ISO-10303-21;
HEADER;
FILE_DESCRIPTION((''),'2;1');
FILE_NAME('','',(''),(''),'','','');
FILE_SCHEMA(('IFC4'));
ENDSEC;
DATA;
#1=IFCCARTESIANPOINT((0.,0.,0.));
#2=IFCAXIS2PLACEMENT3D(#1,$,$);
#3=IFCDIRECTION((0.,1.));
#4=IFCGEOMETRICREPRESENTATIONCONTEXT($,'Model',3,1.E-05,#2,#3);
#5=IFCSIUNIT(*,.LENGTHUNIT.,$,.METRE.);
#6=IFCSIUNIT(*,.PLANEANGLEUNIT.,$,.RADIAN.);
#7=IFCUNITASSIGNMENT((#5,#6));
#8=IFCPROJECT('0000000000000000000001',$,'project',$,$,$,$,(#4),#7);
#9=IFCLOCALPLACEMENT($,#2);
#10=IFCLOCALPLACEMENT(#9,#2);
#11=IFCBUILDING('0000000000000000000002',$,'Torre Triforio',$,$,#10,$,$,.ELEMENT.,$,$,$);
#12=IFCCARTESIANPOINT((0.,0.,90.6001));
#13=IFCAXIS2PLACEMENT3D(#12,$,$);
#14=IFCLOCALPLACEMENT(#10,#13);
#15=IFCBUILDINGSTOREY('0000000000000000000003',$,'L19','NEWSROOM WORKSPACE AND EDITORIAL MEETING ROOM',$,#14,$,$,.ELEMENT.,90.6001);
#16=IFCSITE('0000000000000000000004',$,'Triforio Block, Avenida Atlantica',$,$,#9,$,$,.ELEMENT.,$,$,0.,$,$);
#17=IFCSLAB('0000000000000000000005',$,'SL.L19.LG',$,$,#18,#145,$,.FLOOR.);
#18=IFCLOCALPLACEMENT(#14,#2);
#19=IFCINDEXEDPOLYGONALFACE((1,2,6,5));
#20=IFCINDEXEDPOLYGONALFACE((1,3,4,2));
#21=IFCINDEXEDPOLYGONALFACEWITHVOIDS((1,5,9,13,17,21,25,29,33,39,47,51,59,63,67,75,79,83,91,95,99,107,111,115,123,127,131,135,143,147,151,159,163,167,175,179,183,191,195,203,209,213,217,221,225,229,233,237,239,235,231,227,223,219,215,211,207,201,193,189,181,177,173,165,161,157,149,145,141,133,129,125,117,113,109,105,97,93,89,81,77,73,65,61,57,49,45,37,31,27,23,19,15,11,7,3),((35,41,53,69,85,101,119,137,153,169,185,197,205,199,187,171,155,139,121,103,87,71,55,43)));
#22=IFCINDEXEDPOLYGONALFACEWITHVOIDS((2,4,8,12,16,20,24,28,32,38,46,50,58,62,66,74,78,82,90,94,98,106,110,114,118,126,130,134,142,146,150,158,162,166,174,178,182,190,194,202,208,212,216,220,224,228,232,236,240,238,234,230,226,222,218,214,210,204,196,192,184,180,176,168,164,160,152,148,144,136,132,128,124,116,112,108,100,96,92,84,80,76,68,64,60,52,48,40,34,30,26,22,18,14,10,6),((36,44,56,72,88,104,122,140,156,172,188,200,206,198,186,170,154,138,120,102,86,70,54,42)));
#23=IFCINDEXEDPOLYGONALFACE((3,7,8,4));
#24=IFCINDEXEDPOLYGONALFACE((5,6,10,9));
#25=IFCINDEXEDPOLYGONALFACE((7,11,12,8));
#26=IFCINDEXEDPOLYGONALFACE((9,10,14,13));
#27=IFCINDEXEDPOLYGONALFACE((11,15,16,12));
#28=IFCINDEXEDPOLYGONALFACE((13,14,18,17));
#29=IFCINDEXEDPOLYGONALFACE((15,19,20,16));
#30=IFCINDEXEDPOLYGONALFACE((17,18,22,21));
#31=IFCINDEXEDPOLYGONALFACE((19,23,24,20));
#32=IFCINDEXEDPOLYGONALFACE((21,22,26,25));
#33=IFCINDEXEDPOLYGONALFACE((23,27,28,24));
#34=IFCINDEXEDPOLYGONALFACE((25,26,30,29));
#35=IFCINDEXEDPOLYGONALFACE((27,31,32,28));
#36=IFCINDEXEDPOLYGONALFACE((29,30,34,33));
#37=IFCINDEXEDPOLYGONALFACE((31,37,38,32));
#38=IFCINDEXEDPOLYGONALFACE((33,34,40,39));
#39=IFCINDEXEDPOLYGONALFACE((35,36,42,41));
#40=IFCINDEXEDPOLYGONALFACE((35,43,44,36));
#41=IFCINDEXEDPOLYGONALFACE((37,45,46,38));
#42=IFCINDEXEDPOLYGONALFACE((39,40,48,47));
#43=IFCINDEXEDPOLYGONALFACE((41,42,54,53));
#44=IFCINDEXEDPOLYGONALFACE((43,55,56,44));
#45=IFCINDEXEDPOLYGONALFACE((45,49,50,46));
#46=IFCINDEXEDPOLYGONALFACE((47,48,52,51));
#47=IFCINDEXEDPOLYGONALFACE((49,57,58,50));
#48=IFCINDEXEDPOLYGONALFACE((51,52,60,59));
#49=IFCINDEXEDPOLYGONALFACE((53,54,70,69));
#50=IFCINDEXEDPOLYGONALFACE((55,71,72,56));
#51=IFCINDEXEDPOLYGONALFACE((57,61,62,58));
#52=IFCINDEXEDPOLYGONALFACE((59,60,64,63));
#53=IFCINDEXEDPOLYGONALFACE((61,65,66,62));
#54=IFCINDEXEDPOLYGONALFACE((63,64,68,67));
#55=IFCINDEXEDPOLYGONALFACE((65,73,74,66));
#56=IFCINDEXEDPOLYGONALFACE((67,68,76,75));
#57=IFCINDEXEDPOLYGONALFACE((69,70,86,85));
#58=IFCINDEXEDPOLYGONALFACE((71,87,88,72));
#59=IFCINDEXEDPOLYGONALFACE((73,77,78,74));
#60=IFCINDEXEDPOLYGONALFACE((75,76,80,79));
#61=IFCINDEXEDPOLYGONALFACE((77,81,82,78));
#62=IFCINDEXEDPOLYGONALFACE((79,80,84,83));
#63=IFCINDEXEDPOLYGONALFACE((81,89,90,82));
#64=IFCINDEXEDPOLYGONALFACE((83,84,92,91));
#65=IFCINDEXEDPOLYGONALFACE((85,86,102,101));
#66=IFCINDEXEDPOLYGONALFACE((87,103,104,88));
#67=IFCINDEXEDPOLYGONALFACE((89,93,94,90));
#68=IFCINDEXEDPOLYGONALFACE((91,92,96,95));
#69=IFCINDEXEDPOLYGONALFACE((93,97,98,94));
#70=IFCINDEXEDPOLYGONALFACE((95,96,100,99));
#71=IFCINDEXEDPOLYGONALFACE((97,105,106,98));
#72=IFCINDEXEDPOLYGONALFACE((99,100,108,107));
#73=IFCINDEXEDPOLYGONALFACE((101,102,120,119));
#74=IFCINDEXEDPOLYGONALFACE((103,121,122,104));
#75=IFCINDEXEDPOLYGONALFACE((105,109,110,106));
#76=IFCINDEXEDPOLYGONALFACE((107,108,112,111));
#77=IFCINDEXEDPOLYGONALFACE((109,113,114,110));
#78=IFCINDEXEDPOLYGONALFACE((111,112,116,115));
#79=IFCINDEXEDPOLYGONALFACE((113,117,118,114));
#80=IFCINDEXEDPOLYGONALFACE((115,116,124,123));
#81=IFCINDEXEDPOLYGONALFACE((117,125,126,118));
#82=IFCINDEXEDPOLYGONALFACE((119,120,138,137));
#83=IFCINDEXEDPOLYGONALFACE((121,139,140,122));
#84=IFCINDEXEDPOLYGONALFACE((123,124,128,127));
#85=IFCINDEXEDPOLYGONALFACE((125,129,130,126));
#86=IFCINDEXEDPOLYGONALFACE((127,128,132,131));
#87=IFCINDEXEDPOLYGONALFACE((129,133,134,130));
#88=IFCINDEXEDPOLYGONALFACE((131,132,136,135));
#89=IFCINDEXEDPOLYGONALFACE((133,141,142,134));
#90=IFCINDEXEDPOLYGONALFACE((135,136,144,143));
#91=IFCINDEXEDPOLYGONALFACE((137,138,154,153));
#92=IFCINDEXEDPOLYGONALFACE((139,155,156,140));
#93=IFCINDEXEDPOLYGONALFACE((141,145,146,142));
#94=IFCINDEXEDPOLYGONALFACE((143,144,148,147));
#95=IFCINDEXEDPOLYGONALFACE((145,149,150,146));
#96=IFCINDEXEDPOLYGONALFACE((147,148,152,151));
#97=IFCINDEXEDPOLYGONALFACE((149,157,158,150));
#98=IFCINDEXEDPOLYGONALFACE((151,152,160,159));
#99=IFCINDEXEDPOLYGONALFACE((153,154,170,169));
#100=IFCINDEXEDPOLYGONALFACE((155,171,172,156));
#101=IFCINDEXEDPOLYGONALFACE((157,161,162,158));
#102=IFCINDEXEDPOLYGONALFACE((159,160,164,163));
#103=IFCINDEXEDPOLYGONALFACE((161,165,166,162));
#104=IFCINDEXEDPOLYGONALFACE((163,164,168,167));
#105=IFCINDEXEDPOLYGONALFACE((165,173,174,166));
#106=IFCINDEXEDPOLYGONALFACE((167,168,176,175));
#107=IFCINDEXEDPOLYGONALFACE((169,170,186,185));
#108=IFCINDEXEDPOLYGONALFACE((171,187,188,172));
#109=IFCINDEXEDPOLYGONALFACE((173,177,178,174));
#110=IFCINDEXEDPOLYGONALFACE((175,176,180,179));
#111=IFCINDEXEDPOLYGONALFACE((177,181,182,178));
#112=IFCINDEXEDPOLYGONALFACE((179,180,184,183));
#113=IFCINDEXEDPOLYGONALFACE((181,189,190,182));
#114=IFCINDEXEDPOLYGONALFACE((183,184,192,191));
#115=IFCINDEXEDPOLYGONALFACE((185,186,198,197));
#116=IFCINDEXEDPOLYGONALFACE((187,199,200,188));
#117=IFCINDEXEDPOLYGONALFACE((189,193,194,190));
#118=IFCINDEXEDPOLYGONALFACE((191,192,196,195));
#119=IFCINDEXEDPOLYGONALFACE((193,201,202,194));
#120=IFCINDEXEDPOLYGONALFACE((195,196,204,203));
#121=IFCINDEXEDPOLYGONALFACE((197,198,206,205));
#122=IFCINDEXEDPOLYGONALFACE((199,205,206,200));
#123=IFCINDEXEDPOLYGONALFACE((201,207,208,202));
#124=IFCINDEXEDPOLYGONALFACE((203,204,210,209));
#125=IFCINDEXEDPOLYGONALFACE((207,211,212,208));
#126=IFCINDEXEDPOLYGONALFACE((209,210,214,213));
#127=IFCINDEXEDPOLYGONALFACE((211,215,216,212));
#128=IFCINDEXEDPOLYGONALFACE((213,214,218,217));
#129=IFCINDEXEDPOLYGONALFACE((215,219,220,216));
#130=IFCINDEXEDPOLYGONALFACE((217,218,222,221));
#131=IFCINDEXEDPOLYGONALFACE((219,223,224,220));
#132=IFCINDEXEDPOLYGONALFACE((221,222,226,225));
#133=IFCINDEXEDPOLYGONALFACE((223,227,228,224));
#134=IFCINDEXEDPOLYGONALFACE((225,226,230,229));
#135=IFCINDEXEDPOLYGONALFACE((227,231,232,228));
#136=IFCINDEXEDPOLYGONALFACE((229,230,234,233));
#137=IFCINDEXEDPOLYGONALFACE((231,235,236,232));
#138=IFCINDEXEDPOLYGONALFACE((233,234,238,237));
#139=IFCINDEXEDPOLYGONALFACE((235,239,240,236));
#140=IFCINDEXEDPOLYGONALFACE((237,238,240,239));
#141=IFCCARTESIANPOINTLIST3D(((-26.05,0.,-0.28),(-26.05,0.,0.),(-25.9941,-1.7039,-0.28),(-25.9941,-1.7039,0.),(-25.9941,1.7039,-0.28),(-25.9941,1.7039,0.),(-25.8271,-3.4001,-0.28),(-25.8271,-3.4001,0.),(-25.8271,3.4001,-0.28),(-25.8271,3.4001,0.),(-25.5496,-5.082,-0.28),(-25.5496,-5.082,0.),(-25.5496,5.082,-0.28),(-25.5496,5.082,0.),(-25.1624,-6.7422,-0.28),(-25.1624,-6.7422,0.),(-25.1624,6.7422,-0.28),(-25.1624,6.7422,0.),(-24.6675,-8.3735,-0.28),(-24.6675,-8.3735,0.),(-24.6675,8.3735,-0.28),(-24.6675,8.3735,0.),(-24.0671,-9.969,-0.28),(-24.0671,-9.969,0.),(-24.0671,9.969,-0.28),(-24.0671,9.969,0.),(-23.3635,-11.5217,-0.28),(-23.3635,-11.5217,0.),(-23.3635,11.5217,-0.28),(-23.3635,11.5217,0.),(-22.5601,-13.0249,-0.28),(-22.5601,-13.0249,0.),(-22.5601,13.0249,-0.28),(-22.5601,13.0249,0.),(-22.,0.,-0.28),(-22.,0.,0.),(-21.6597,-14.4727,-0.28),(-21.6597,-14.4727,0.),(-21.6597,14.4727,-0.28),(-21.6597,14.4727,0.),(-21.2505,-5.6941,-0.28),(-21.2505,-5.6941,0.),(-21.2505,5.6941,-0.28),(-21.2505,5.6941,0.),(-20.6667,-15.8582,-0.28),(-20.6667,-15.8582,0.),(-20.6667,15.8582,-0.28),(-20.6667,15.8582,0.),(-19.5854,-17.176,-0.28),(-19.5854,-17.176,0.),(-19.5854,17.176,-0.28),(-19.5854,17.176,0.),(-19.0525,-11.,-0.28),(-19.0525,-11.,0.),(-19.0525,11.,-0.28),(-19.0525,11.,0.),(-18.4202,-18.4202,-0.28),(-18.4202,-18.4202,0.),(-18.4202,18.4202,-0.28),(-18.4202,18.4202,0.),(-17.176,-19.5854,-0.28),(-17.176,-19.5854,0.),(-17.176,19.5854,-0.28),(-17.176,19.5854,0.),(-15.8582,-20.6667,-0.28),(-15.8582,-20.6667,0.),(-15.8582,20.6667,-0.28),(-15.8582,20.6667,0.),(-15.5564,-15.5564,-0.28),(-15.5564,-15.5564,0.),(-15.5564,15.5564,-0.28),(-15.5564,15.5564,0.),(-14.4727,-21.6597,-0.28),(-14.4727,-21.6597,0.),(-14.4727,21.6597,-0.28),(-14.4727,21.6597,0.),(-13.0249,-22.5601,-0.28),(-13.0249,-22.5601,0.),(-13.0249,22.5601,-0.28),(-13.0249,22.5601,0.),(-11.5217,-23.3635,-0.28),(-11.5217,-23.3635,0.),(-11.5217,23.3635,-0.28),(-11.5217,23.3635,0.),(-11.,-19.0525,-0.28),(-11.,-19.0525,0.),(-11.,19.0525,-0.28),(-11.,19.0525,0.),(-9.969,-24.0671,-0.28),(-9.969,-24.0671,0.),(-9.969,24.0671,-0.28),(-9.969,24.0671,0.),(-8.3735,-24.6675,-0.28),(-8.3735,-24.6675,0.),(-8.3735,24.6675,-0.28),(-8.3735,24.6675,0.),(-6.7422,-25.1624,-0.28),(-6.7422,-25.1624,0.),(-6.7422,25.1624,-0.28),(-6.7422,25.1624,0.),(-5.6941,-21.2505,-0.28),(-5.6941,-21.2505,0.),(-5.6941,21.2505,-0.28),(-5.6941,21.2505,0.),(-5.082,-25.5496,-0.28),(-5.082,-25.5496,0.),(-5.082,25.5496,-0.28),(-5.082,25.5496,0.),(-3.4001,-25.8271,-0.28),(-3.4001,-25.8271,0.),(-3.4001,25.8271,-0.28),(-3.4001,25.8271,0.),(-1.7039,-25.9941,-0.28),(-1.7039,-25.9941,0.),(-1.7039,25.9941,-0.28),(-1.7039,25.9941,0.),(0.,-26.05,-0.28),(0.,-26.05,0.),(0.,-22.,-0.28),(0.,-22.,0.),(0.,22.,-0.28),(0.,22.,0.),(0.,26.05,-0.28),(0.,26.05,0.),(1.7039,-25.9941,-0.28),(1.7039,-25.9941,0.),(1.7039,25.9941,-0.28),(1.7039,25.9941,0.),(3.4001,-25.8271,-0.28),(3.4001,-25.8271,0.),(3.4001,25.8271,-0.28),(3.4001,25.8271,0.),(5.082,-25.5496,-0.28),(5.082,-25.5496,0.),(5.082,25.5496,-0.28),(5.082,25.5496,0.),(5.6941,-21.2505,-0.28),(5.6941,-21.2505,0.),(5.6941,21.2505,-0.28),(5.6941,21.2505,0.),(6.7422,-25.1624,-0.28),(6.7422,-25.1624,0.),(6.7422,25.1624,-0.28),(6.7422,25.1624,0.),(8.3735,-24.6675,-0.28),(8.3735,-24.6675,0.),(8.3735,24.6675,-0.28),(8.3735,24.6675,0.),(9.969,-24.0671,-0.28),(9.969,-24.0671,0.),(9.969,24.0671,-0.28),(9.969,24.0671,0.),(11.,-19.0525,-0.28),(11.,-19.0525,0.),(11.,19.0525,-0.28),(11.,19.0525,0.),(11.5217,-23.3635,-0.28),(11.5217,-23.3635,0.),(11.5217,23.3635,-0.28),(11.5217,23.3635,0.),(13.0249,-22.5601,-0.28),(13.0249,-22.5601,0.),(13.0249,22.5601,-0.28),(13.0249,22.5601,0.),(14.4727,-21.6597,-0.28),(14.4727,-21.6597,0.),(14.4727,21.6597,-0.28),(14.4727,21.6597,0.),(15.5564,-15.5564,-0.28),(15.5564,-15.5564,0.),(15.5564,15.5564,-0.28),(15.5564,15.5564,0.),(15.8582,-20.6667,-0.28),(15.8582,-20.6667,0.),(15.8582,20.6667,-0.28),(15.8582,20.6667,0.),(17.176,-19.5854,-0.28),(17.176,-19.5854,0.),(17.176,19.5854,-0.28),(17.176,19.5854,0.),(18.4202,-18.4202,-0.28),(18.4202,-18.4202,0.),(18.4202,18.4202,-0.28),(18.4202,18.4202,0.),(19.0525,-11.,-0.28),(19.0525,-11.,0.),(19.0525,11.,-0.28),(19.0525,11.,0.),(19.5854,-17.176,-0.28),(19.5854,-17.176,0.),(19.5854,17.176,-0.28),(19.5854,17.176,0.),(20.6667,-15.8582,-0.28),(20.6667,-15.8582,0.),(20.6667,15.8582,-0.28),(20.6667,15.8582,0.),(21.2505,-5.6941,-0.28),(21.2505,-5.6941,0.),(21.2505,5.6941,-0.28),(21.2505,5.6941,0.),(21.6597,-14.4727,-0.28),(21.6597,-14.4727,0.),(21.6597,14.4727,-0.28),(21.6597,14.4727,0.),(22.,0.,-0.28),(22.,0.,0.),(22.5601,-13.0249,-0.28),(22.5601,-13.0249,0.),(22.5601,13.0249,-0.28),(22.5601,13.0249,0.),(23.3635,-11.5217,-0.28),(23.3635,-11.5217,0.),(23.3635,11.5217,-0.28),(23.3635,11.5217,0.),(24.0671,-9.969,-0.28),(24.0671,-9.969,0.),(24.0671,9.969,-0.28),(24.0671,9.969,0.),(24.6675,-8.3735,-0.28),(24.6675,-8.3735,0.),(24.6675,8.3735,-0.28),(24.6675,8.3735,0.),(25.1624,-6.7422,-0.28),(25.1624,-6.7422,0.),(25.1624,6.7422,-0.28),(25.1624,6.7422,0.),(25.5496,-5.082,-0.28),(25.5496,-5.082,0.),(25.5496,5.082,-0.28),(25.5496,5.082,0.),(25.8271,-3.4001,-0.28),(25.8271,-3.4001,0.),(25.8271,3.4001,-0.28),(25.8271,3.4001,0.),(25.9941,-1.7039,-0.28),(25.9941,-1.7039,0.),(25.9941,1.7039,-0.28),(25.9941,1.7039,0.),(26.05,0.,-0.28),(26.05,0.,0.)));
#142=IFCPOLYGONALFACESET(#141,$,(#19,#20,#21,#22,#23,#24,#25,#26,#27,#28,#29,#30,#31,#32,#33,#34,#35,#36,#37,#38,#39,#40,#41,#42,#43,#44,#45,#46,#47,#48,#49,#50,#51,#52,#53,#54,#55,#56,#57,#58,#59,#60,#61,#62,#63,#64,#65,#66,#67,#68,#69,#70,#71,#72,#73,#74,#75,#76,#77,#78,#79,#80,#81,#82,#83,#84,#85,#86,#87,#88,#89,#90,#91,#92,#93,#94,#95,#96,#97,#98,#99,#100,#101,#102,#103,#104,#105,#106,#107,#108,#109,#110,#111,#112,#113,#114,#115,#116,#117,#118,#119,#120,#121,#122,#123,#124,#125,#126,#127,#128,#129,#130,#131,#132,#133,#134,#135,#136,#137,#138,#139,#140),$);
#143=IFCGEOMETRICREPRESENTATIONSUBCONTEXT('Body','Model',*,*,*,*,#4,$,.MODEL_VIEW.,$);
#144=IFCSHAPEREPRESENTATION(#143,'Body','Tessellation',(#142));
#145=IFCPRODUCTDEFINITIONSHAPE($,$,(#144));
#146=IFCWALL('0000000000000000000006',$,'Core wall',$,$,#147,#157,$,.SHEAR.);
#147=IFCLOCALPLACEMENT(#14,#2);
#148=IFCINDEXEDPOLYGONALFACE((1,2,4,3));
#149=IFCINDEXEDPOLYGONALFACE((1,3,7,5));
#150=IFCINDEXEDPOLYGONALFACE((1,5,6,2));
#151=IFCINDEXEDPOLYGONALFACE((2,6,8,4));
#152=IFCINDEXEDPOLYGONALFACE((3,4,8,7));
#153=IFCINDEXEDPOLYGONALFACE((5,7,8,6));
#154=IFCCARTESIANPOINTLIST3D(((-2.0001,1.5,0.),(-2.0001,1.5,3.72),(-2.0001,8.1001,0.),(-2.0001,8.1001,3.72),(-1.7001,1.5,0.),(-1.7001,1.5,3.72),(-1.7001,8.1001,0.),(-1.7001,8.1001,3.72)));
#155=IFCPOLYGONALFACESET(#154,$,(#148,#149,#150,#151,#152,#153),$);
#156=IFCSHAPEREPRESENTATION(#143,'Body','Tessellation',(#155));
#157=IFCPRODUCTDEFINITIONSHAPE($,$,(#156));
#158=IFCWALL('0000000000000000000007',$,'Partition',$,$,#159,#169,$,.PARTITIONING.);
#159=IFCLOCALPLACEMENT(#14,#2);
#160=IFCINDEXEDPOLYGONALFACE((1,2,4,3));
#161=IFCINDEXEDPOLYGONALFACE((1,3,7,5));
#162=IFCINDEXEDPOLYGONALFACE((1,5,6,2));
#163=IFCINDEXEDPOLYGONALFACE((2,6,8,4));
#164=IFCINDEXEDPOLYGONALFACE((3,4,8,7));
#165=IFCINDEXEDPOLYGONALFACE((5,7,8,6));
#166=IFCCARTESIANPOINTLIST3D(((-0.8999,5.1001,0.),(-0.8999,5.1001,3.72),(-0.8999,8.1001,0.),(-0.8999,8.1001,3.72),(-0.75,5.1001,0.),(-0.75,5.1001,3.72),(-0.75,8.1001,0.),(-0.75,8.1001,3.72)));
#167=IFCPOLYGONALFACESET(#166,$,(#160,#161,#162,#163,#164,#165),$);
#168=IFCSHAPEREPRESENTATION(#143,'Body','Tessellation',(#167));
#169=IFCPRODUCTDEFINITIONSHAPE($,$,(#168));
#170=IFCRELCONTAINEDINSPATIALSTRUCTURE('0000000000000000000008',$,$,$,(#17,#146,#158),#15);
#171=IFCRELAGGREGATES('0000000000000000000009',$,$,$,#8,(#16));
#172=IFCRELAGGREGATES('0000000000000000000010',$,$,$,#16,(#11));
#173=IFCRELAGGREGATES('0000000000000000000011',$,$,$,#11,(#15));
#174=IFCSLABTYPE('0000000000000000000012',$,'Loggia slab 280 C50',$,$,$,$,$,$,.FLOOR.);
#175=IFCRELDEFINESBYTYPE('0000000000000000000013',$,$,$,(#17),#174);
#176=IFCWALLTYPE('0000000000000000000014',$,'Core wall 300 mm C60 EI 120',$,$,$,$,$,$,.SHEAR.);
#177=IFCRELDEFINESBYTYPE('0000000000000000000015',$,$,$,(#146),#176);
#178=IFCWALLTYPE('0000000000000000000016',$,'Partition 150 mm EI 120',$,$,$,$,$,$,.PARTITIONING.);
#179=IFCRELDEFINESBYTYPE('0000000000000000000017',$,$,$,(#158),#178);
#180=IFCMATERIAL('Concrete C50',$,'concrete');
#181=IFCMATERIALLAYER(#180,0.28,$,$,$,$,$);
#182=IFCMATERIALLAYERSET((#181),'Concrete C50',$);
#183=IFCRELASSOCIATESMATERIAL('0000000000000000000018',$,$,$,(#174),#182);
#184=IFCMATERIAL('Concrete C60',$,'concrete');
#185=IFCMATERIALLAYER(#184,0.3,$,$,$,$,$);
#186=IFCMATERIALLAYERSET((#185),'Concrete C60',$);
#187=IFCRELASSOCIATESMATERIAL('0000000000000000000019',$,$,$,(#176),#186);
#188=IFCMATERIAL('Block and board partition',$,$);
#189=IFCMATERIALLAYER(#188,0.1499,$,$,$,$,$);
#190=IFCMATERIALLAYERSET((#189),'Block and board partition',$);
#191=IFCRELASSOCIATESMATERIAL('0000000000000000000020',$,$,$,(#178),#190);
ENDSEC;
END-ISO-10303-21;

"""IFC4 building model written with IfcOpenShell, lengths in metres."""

from ifc_helpers import new_model, si_unit, direction, frame, frame_2d, origin, place, context, subcontext, project, spatial, polyline, rectangle, outline, extrude, material, layer, layer_set, type_object, element, save


model = new_model("IFC4")

# Units and contexts
model_context = context("Model", 3, precision=1e-05, world=origin(), true_north=direction((0.0, 1.0)))
body_context = subcontext(model_context, "Body", "Model", "MODEL_VIEW")
ifc_project = project(units=[si_unit("LENGTHUNIT", "METRE"), si_unit("PLANEANGLEUNIT", "RADIAN")], contexts=[model_context])

# Site, building, storey
site_placement = place(None, origin())
site = spatial("IfcSite", under=ifc_project, at=site_placement, Name="Triforio Block, Avenida Atlantica", CompositionType="ELEMENT", RefElevation=0.0)
building_placement = place(site_placement, origin())
building = spatial("IfcBuilding", under=site, at=building_placement, Name="Torre Triforio", CompositionType="ELEMENT")
storey_placement = place(building_placement, frame((0.0, 0.0, 90.6001)))
storey = spatial("IfcBuildingStorey", under=building, at=storey_placement, Name="L19", Description="NEWSROOM WORKSPACE AND EDITORIAL MEETING ROOM", CompositionType="ELEMENT", Elevation=90.6001)

# Slab
ifc_material_1 = material(Name="Concrete C50", Category="concrete")
ifc_layer_1 = layer(ifc_material_1, 0.28)
ifc_layer_set_1 = layer_set([ifc_layer_1], Name="Concrete C50")
slab_type_1 = type_object("IfcSlabType", Name="Loggia slab 280 C50", PredefinedType="FLOOR", material=ifc_layer_set_1)
slab_1_placement = place(storey_placement, frame((0.0, 0.0, -0.28)))
element("IfcSlab", 1, at=slab_1_placement, inside=storey, type_object=slab_type_1, Name="SL.L19.LG", PredefinedType="FLOOR", context=body_context, shape_type="SweptSolid", body=[
    extrude(outline(polyline([(25.9941, -1.7039), (26.05, 0.0), (25.9941, 1.7039), (25.8271, 3.4001), (25.5496, 5.082), (25.1624, 6.7422), (24.6675, 8.3735), (24.0671, 9.969), (23.3635, 11.5217), (22.5601, 13.0249), (21.6597, 14.4727), (20.6667, 15.8582), (19.5854, 17.176), (18.4202, 18.4202), (17.176, 19.5854), (15.8582, 20.6667), (14.4727, 21.6597), (13.0249, 22.5601), (11.5217, 23.3635), (9.969, 24.0671), (8.3735, 24.6675), (6.7422, 25.1624), (5.082, 25.5496), (3.4001, 25.8271), (1.7039, 25.9941), (0.0, 26.05), (-1.7039, 25.9941), (-3.4001, 25.8271), (-5.082, 25.5496), (-6.7422, 25.1624), (-8.3735, 24.6675), (-9.969, 24.0671), (-11.5217, 23.3635), (-13.0249, 22.5601), (-14.4727, 21.6597), (-15.8582, 20.6667), (-17.176, 19.5854), (-18.4202, 18.4202), (-19.5854, 17.176), (-20.6667, 15.8582), (-21.6597, 14.4727), (-22.5601, 13.0249), (-23.3635, 11.5217), (-24.0671, 9.969), (-24.6675, 8.3735), (-25.1624, 6.7422), (-25.5496, 5.082), (-25.8271, 3.4001), (-25.9941, 1.7039), (-26.05, 0.0), (-25.9941, -1.7039), (-25.8271, -3.4001), (-25.5496, -5.082), (-25.1624, -6.7422), (-24.6675, -8.3735), (-24.0671, -9.969), (-23.3635, -11.5217), (-22.5601, -13.0249), (-21.6597, -14.4727), (-20.6667, -15.8582), (-19.5854, -17.176), (-18.4202, -18.4202), (-17.176, -19.5854), (-15.8582, -20.6667), (-14.4727, -21.6597), (-13.0249, -22.5601), (-11.5217, -23.3635), (-9.969, -24.0671), (-8.3735, -24.6675), (-6.7422, -25.1624), (-5.082, -25.5496), (-3.4001, -25.8271), (-1.7039, -25.9941), (0.0, -26.05), (1.7039, -25.9941), (3.4001, -25.8271), (5.082, -25.5496), (6.7422, -25.1624), (8.3735, -24.6675), (9.969, -24.0671), (11.5217, -23.3635), (13.0249, -22.5601), (14.4727, -21.6597), (15.8582, -20.6667), (17.176, -19.5854), (18.4202, -18.4202), (19.5854, -17.176), (20.6667, -15.8582), (21.6597, -14.4727), (22.5601, -13.0249), (23.3635, -11.5217), (24.0671, -9.969), (24.6675, -8.3735), (25.1624, -6.7422), (25.5496, -5.082), (25.8271, -3.4001), (25.9941, -1.7039)]), holes=[polyline([(21.2505, 5.6941), (22.0, 0.0), (21.2505, -5.6941), (19.0525, -11.0), (15.5564, -15.5564), (11.0, -19.0525), (5.6941, -21.2505), (0.0, -22.0), (-5.6941, -21.2505), (-11.0, -19.0525), (-15.5564, -15.5564), (-19.0525, -11.0), (-21.2505, -5.6941), (-22.0, 0.0), (-21.2505, 5.6941), (-19.0525, 11.0), (-15.5564, 15.5564), (-11.0, 19.0525), (-5.6941, 21.2505), (0.0, 22.0), (5.6941, 21.2505), (11.0, 19.0525), (15.5564, 15.5564), (19.0525, 11.0), (21.2505, 5.6941)])]), origin(), (0.0, 0.0, 1.0), 0.28),
])

# Walls
ifc_material_2 = material(Name="Concrete C60", Category="concrete")
ifc_layer_2 = layer(ifc_material_2, 0.3)
ifc_layer_set_2 = layer_set([ifc_layer_2], Name="Concrete C60")
wall_type_1 = type_object("IfcWallType", Name="Core wall 300 mm C60 EI 120", PredefinedType="SHEAR", material=ifc_layer_set_2)
wall_1_placement = place(storey_placement, frame((-1.8501, 1.5, 0.0), z_axis=(0.0, 0.0, 1.0), x_axis=(0.0, 1.0, 0.0)))
element("IfcWall", 2, at=wall_1_placement, inside=storey, type_object=wall_type_1, Name="Core wall", PredefinedType="SHEAR", context=body_context, shape_type="SweptSolid", body=[
    extrude(rectangle(XDim=6.6001, YDim=0.3, at=frame_2d((3.3, 0.0))), origin(), (0.0, 0.0, 1.0), 3.72),
])
ifc_material_3 = material(Name="Block and board partition")
ifc_layer_3 = layer(ifc_material_3, 0.1499)
ifc_layer_set_3 = layer_set([ifc_layer_3], Name="Block and board partition")
wall_type_2 = type_object("IfcWallType", Name="Partition 150 mm EI 120", PredefinedType="PARTITIONING", material=ifc_layer_set_3)
wall_2_placement = place(storey_placement, frame((-0.825, 5.1001, 0.0), z_axis=(0.0, 0.0, 1.0), x_axis=(0.0, 1.0, 0.0)))
element("IfcWall", 3, at=wall_2_placement, inside=storey, type_object=wall_type_2, Name="Partition", PredefinedType="PARTITIONING", context=body_context, shape_type="SweptSolid", body=[
    extrude(rectangle(XDim=3.0, YDim=0.1499, at=frame_2d((1.5, 0.0))), origin(), (0.0, 0.0, 1.0), 3.72),
])

save(model, "model.ifc")
